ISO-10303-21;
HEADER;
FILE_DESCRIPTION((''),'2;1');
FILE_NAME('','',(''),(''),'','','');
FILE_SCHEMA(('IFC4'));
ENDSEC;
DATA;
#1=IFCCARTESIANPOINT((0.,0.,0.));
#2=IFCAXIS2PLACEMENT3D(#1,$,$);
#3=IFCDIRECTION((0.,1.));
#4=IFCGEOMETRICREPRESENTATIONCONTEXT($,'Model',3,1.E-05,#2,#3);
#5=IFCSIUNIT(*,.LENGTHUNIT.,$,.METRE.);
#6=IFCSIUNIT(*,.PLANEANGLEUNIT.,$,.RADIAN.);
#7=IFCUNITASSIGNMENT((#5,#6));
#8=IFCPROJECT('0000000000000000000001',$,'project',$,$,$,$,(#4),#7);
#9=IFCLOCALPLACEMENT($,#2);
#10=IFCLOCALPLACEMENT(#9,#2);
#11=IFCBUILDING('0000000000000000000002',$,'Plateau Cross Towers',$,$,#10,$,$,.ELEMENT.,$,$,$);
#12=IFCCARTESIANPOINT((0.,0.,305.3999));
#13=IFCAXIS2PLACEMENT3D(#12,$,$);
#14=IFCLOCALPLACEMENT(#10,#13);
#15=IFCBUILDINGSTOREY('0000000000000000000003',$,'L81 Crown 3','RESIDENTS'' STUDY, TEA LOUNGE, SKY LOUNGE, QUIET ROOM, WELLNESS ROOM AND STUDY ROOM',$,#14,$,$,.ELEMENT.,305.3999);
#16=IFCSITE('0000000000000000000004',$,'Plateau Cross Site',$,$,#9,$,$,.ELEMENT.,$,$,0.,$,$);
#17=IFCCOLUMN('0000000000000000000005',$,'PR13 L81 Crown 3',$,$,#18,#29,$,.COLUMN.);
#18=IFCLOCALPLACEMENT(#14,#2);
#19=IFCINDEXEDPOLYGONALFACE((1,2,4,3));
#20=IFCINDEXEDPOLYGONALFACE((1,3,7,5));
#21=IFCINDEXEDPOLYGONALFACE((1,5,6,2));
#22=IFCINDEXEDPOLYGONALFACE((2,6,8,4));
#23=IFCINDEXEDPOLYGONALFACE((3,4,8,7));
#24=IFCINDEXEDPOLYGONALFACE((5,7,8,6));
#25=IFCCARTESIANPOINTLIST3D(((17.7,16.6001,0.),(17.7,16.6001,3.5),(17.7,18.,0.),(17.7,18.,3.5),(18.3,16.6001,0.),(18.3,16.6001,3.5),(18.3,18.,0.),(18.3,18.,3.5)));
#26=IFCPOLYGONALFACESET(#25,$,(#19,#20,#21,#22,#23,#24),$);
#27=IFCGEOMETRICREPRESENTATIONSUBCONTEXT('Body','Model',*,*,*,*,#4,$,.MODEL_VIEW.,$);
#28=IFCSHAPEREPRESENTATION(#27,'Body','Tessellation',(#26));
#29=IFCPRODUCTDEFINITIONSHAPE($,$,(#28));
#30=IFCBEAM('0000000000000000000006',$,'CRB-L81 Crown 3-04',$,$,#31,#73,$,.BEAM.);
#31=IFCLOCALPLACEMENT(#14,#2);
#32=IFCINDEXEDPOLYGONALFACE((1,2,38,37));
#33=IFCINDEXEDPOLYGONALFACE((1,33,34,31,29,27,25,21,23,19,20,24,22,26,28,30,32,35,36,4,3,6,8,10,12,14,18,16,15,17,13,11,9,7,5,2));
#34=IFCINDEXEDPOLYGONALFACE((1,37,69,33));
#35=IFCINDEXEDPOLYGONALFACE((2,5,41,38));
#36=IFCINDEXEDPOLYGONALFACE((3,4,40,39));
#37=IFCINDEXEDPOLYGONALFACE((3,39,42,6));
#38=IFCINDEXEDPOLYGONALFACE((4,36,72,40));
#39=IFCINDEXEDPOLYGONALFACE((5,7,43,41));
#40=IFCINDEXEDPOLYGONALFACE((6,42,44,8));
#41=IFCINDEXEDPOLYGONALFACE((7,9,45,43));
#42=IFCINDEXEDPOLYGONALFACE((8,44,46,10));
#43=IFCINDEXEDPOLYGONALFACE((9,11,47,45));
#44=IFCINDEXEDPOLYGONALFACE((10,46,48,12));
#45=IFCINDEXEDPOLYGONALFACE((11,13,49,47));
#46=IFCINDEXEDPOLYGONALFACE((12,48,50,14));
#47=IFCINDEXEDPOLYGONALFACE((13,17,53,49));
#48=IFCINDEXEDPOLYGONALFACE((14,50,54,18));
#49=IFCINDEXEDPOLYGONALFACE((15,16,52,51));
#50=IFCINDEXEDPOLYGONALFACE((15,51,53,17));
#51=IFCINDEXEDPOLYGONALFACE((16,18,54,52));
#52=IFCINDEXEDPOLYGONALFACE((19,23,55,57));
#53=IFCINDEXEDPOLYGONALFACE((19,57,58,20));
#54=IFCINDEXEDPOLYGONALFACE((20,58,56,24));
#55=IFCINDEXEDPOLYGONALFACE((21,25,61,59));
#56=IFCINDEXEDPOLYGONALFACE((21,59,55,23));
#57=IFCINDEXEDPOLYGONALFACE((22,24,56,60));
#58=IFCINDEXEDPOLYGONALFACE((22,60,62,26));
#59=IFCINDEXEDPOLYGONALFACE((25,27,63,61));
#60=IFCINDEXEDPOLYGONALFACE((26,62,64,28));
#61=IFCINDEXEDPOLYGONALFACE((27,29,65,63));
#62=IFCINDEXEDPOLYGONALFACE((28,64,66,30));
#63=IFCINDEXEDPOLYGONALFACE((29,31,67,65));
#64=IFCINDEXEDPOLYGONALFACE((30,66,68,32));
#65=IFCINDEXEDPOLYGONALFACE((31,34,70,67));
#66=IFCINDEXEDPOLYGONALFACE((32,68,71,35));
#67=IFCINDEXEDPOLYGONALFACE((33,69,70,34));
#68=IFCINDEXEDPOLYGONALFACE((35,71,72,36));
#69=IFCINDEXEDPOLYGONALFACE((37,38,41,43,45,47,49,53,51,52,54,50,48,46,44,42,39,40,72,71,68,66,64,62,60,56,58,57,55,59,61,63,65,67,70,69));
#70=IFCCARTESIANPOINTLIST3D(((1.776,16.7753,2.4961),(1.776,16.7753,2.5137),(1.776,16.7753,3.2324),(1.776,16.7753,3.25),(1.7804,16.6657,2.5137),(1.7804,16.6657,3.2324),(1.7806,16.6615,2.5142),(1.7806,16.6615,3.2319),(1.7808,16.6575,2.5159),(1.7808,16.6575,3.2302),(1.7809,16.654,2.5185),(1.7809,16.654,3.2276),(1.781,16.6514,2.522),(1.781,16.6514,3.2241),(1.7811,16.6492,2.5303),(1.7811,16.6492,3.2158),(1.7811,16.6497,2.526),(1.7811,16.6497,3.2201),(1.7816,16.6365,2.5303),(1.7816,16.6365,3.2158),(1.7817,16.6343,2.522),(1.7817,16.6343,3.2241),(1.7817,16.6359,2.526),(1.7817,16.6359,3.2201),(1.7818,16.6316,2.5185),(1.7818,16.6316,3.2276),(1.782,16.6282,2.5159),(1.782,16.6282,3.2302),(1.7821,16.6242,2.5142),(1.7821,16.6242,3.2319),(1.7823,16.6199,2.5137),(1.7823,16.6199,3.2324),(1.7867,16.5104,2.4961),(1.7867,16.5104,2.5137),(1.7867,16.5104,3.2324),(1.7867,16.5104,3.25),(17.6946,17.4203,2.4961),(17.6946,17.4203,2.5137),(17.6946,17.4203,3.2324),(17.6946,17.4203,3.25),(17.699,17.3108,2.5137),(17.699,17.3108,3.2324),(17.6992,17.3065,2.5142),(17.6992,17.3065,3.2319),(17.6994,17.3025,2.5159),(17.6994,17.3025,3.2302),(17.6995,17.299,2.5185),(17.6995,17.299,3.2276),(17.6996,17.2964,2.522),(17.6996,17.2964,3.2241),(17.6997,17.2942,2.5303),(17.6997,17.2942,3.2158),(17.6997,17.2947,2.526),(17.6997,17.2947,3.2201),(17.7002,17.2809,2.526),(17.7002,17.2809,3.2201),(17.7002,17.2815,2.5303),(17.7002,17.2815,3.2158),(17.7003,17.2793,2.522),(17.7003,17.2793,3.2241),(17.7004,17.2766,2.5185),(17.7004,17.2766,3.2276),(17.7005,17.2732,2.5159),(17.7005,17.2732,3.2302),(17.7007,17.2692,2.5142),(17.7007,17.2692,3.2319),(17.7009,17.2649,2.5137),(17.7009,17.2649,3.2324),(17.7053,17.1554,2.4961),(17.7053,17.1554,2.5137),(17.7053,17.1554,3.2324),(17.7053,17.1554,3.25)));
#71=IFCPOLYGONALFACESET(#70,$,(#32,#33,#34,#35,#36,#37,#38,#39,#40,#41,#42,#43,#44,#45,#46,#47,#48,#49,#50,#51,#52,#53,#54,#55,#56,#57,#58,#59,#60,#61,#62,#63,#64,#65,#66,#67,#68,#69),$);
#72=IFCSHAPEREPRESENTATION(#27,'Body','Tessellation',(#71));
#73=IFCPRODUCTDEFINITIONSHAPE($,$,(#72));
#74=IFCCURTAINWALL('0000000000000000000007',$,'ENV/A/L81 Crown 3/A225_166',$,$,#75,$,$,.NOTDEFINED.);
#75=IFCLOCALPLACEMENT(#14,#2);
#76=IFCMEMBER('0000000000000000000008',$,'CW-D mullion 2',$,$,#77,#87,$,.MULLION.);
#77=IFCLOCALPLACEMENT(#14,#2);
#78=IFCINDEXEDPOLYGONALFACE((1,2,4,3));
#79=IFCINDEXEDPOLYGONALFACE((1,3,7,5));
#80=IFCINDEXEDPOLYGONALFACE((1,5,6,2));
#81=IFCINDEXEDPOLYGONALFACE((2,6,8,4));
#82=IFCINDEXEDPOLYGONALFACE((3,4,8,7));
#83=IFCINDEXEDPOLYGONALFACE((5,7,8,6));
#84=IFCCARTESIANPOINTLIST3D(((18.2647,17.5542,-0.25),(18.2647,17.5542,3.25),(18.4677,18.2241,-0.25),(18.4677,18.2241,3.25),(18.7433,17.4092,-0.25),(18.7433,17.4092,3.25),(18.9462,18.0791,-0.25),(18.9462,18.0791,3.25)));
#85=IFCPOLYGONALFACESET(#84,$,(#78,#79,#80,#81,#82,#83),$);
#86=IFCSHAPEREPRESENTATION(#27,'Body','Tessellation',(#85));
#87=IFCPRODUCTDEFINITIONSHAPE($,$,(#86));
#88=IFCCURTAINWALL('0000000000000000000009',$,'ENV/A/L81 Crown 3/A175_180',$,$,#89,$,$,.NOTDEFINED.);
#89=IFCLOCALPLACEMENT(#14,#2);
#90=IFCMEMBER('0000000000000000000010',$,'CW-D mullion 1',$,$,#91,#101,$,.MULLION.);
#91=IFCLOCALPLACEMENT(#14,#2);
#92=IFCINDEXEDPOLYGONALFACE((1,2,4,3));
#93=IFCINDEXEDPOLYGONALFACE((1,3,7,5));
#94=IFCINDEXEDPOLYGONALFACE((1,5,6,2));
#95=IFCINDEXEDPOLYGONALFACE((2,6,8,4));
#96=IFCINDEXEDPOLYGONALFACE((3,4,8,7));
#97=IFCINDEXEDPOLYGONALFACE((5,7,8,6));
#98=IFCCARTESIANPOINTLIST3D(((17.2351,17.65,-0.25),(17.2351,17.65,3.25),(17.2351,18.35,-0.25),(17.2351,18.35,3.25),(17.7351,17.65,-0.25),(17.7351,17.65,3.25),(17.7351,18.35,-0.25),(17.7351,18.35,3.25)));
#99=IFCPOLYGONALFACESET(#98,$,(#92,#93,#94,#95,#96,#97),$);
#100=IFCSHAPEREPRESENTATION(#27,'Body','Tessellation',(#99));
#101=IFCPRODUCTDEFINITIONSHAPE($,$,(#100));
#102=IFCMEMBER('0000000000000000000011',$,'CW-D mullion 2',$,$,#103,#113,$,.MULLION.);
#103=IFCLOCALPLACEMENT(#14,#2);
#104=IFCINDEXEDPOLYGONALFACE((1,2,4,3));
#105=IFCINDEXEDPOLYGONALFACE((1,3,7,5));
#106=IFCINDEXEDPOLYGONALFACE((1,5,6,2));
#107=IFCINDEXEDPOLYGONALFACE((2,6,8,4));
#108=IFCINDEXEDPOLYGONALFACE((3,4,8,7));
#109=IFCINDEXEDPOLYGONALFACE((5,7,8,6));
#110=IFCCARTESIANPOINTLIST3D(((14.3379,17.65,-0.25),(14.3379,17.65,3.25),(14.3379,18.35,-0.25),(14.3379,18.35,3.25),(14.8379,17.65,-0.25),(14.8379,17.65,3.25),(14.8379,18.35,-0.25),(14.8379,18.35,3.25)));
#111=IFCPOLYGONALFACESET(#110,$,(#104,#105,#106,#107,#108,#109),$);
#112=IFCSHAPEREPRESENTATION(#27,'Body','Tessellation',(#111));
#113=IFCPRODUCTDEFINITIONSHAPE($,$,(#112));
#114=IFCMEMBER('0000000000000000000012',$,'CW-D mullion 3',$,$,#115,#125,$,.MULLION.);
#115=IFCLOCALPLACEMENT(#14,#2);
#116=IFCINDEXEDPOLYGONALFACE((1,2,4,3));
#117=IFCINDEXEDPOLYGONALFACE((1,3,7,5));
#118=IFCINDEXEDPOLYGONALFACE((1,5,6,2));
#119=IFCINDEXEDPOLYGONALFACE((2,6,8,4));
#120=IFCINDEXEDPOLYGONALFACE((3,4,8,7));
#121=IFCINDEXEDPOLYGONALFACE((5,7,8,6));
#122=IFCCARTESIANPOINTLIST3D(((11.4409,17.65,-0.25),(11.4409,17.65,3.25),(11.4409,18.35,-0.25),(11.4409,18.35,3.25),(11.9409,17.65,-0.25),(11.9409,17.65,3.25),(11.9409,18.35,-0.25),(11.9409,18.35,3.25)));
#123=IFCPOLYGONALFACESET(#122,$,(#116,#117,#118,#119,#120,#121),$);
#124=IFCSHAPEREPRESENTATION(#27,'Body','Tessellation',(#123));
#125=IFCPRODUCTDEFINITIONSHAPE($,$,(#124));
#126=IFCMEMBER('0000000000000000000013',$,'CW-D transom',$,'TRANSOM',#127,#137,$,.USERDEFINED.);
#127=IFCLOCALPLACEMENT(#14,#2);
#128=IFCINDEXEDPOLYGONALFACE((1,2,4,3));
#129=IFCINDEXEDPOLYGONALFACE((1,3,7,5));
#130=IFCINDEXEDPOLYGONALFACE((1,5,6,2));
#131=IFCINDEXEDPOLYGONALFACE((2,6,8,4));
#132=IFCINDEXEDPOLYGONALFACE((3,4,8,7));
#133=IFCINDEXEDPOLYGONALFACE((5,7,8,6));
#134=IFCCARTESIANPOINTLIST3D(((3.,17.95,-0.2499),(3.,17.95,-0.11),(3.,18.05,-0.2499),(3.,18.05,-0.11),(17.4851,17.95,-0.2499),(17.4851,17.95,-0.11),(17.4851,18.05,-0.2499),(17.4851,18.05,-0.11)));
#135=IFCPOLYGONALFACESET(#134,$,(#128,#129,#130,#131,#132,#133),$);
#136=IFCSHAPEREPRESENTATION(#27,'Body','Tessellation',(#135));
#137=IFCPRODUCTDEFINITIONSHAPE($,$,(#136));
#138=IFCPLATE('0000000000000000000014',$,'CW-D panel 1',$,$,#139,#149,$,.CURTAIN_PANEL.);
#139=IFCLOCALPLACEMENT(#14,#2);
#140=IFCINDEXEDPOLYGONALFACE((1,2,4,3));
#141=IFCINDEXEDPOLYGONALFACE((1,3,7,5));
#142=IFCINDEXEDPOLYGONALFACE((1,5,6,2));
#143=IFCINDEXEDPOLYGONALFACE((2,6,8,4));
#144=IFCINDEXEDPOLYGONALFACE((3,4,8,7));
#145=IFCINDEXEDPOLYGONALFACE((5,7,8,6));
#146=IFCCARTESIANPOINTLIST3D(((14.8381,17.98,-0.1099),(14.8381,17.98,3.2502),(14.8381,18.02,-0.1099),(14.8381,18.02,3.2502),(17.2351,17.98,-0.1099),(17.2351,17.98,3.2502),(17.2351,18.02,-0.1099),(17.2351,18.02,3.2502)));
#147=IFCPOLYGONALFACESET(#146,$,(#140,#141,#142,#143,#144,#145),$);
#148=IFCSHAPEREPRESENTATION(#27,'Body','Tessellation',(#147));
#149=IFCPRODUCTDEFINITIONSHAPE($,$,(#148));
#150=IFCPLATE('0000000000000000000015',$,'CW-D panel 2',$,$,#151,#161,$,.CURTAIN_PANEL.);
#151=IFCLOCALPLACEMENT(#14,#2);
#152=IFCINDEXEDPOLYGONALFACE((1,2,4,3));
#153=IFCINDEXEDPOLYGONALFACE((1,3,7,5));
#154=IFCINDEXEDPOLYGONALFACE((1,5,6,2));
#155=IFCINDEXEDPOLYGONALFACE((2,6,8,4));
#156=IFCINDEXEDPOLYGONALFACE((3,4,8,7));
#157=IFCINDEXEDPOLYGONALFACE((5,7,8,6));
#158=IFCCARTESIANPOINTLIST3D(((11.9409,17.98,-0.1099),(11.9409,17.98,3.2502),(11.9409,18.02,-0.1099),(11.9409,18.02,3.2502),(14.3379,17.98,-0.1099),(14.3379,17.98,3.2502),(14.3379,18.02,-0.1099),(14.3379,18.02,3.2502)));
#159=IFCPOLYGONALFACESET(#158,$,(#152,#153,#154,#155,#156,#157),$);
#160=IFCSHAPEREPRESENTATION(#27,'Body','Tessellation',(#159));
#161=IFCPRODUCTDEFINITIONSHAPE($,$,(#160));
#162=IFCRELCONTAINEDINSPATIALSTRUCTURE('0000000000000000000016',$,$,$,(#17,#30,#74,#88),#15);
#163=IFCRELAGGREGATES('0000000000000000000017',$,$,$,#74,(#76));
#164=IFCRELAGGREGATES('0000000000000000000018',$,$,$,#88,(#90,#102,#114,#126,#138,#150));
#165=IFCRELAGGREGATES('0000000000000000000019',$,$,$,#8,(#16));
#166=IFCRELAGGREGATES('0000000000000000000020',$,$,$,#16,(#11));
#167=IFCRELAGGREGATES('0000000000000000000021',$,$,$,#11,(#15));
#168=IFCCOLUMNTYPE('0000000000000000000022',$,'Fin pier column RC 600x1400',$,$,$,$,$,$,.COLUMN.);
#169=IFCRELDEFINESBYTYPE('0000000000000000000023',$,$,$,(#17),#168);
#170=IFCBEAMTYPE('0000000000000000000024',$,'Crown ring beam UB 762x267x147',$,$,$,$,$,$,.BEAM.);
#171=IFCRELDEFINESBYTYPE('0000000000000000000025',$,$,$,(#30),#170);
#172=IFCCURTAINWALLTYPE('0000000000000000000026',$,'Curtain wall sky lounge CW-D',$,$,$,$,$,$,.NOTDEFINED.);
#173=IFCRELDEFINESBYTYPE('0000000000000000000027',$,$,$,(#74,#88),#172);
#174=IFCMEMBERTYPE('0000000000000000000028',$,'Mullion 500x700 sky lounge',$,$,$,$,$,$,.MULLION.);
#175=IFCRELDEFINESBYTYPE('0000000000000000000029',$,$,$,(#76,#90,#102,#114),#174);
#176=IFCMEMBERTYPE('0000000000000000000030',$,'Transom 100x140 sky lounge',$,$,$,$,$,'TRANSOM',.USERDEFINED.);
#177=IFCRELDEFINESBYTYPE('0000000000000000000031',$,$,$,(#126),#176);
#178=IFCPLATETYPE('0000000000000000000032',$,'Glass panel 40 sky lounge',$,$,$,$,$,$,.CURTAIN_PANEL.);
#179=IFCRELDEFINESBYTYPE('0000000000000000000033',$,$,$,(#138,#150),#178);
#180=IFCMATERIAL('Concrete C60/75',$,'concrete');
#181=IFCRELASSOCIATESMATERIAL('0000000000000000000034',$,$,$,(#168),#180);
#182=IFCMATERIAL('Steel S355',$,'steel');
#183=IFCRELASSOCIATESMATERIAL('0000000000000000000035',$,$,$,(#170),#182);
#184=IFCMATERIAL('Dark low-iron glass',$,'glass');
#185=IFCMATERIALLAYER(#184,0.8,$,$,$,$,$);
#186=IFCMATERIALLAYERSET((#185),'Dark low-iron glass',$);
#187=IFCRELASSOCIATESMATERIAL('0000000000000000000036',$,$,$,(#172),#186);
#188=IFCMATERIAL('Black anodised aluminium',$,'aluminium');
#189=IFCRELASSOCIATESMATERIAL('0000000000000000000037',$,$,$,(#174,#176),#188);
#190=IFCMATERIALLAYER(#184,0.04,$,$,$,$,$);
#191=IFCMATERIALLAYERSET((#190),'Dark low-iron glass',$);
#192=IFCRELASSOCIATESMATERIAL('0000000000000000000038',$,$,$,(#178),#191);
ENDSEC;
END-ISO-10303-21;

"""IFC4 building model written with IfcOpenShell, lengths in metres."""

from ifc_helpers import new_model, si_unit, direction, frame, origin, origin_2d, place, context, subcontext, project, spatial, rectangle, i_section, extrude, material, layer, layer_set, material_profile, profile_set, type_object, element, aggregate, save


model = new_model("IFC4")

# Units and contexts
model_context = context("Model", 3, precision=1e-05, world=origin(), true_north=direction((0.0, 1.0)))
body_context = subcontext(model_context, "Body", "Model", "MODEL_VIEW")
ifc_project = project(units=[si_unit("LENGTHUNIT", "METRE"), si_unit("PLANEANGLEUNIT", "RADIAN")], contexts=[model_context])

# Site, building, storey
site_placement = place(None, origin())
site = spatial("IfcSite", under=ifc_project, at=site_placement, Name="Plateau Cross Site", CompositionType="ELEMENT", RefElevation=0.0)
building_placement = place(site_placement, origin())
building = spatial("IfcBuilding", under=site, at=building_placement, Name="Plateau Cross Towers", CompositionType="ELEMENT")
storey_placement = place(building_placement, frame((0.0, 0.0, 305.3999)))
storey = spatial("IfcBuildingStorey", under=building, at=storey_placement, Name="L81 Crown 3", Description="RESIDENTS' STUDY, TEA LOUNGE, SKY LOUNGE, QUIET ROOM, WELLNESS ROOM AND STUDY ROOM", CompositionType="ELEMENT", Elevation=305.3999)

# Column
ifc_material_1 = material(Name="Concrete C60/75", Category="concrete")
ifc_material_profile_1 = material_profile(ifc_material_1, rectangle(XDim=0.6001, YDim=1.3999, at=origin_2d()), Name="RC 600x1400")
ifc_profile_set_1 = profile_set([ifc_material_profile_1], Name="Concrete C60/75")
column_type = type_object("IfcColumnType", Name="Fin pier column RC 600x1400", PredefinedType="COLUMN", material=ifc_profile_set_1)
column_placement = place(storey_placement, frame((18.0, 17.3, 0.0), z_axis=(0.0, 0.0, 1.0), x_axis=(1.0, 0.0, 0.0)))
element("IfcColumn", 1, at=column_placement, inside=storey, type_object=column_type, Name="PR13 L81 Crown 3", PredefinedType="COLUMN", context=body_context, shape_type="SweptSolid", body=[
    extrude(rectangle(XDim=0.6001, YDim=1.3999, at=origin_2d()), origin(), (0.0, 0.0, 1.0), 3.5),
])

# Beam
ifc_material_2 = material(Name="Steel S355", Category="steel")
ifc_material_profile_2 = material_profile(ifc_material_2, i_section(OverallWidth=0.2651, OverallDepth=0.7539, WebThickness=0.0127, FlangeThickness=0.0176, FilletRadius=0.0166, at=origin_2d()), Name="UB 762x267x147")
ifc_profile_set_2 = profile_set([ifc_material_profile_2], Name="Steel S355")
beam_type = type_object("IfcBeamType", Name="Crown ring beam UB 762x267x147", PredefinedType="BEAM", material=ifc_profile_set_2)
beam_placement = place(storey_placement, frame((17.7, 17.2878, 2.873), z_axis=(-0.99918, -0.040487, 0.0), x_axis=(0.040487, -0.99918, 0.0)))
element("IfcBeam", 2, at=beam_placement, inside=storey, type_object=beam_type, Name="CRB-L81 Crown 3-04", PredefinedType="BEAM", context=body_context, shape_type="SweptSolid", body=[
    extrude(i_section(OverallWidth=0.2651, OverallDepth=0.7539, WebThickness=0.0127, FlangeThickness=0.0176, FilletRadius=0.0166, at=origin_2d()), origin(), (0.0, 0.0, 1.0), 15.9316),
])

# Curtain wall, member
ifc_material_3 = material(Name="Dark low-iron glass", Category="glass")
ifc_layer_1 = layer(ifc_material_3, 0.8)
ifc_layer_set_1 = layer_set([ifc_layer_1], Name="Dark low-iron glass")
curtain_wall_type = type_object("IfcCurtainWallType", Name="Curtain wall sky lounge CW-D", PredefinedType="NOTDEFINED", material=ifc_layer_set_1)
curtain_wall_1_placement = place(storey_placement, origin())
curtain_wall_1 = element("IfcCurtainWall", 3, at=curtain_wall_1_placement, inside=storey, type_object=curtain_wall_type, Name="ENV/A/L81 Crown 3/A225_166", PredefinedType="NOTDEFINED")
ifc_material_4 = material(Name="Black anodised aluminium", Category="aluminium")
ifc_material_profile_3 = material_profile(ifc_material_4, rectangle(XDim=0.5, YDim=0.7, at=origin_2d()), Name="MULLION 500x700")
ifc_profile_set_3 = profile_set([ifc_material_profile_3], Name="Black anodised aluminium")
member_type_1 = type_object("IfcMemberType", Name="Mullion 500x700 sky lounge", PredefinedType="MULLION", material=ifc_profile_set_3)
member_1_placement = place(storey_placement, frame((18.6055, 17.8167, -0.25), z_axis=(0.0, 0.0, 1.0), x_axis=(-0.957048, 0.289928, 0.0)))
member_1 = element("IfcMember", 4, at=member_1_placement, type_object=member_type_1, Name="CW-D mullion 2", PredefinedType="MULLION", context=body_context, shape_type="SweptSolid", body=[
    extrude(rectangle(XDim=0.5, YDim=0.7, at=origin_2d()), origin(), (0.0, 0.0, 1.0), 3.5),
])
aggregate(curtain_wall_1, [member_1])

# Curtain wall, members, plates
curtain_wall_2_placement = place(storey_placement, origin())
curtain_wall_2 = element("IfcCurtainWall", 5, at=curtain_wall_2_placement, inside=storey, type_object=curtain_wall_type, Name="ENV/A/L81 Crown 3/A175_180", PredefinedType="NOTDEFINED")
member_2_placement = place(storey_placement, frame((17.4851, 18.0, -0.25), z_axis=(0.0, 0.0, 1.0), x_axis=(-1.0, 0.0, 0.0)))
member_2 = element("IfcMember", 6, at=member_2_placement, type_object=member_type_1, Name="CW-D mullion 1", PredefinedType="MULLION", context=body_context, shape_type="SweptSolid", body=[
    extrude(rectangle(XDim=0.5, YDim=0.7, at=origin_2d()), origin(), (0.0, 0.0, 1.0), 3.5),
])
member_3_placement = place(storey_placement, frame((14.5879, 18.0, -0.25), z_axis=(0.0, 0.0, 1.0), x_axis=(-1.0, 0.0, 0.0)))
member_3 = element("IfcMember", 7, at=member_3_placement, type_object=member_type_1, Name="CW-D mullion 2", PredefinedType="MULLION", context=body_context, shape_type="SweptSolid", body=[
    extrude(rectangle(XDim=0.5, YDim=0.7, at=origin_2d()), origin(), (0.0, 0.0, 1.0), 3.5),
])
member_4_placement = place(storey_placement, frame((11.6909, 18.0, -0.25), z_axis=(0.0, 0.0, 1.0), x_axis=(-1.0, 0.0, 0.0)))
member_4 = element("IfcMember", 8, at=member_4_placement, type_object=member_type_1, Name="CW-D mullion 3", PredefinedType="MULLION", context=body_context, shape_type="SweptSolid", body=[
    extrude(rectangle(XDim=0.5, YDim=0.7, at=origin_2d()), origin(), (0.0, 0.0, 1.0), 3.5),
])
ifc_material_profile_4 = material_profile(ifc_material_4, rectangle(XDim=0.1001, YDim=0.1399, at=origin_2d()), Name="TRANSOM 100x140")
ifc_profile_set_4 = profile_set([ifc_material_profile_4], Name="Black anodised aluminium")
member_type_2 = type_object("IfcMemberType", Name="Transom 100x140 sky lounge", ElementType="TRANSOM", PredefinedType="USERDEFINED", material=ifc_profile_set_4)
member_5_placement = place(storey_placement, frame((17.4851, 18.0, -0.1799), z_axis=(-1.0, 0.0, 0.0), x_axis=(0.0, -1.0, 0.0)))
member_5 = element("IfcMember", 9, at=member_5_placement, type_object=member_type_2, Name="CW-D transom", ObjectType="TRANSOM", PredefinedType="USERDEFINED", context=body_context, shape_type="SweptSolid", body=[
    extrude(rectangle(XDim=0.1001, YDim=0.1399, at=origin_2d()), origin(), (0.0, 0.0, 1.0), 14.4851),
])
ifc_layer_2 = layer(ifc_material_3, 0.04)
ifc_layer_set_2 = layer_set([ifc_layer_2], Name="Dark low-iron glass")
plate_type = type_object("IfcPlateType", Name="Glass panel 40 sky lounge", PredefinedType="CURTAIN_PANEL", material=ifc_layer_set_2)
plate_1_placement = place(storey_placement, frame((16.0366, 18.0, -0.1099), z_axis=(0.0, 0.0, 1.0), x_axis=(-1.0, 0.0, 0.0)))
plate_1 = element("IfcPlate", 10, at=plate_1_placement, type_object=plate_type, Name="CW-D panel 1", PredefinedType="CURTAIN_PANEL", context=body_context, shape_type="SweptSolid", body=[
    extrude(rectangle(XDim=2.397, YDim=0.04, at=origin_2d()), origin(), (0.0, 0.0, 1.0), 3.3601),
])
plate_2_placement = place(storey_placement, frame((13.1394, 18.0, -0.1099), z_axis=(0.0, 0.0, 1.0), x_axis=(-1.0, 0.0, 0.0)))
plate_2 = element("IfcPlate", 11, at=plate_2_placement, type_object=plate_type, Name="CW-D panel 2", PredefinedType="CURTAIN_PANEL", context=body_context, shape_type="SweptSolid", body=[
    extrude(rectangle(XDim=2.397, YDim=0.04, at=origin_2d()), origin(), (0.0, 0.0, 1.0), 3.3601),
])
aggregate(curtain_wall_2, [member_2, member_3, member_4, member_5, plate_1, plate_2])

save(model, "model.ifc")
